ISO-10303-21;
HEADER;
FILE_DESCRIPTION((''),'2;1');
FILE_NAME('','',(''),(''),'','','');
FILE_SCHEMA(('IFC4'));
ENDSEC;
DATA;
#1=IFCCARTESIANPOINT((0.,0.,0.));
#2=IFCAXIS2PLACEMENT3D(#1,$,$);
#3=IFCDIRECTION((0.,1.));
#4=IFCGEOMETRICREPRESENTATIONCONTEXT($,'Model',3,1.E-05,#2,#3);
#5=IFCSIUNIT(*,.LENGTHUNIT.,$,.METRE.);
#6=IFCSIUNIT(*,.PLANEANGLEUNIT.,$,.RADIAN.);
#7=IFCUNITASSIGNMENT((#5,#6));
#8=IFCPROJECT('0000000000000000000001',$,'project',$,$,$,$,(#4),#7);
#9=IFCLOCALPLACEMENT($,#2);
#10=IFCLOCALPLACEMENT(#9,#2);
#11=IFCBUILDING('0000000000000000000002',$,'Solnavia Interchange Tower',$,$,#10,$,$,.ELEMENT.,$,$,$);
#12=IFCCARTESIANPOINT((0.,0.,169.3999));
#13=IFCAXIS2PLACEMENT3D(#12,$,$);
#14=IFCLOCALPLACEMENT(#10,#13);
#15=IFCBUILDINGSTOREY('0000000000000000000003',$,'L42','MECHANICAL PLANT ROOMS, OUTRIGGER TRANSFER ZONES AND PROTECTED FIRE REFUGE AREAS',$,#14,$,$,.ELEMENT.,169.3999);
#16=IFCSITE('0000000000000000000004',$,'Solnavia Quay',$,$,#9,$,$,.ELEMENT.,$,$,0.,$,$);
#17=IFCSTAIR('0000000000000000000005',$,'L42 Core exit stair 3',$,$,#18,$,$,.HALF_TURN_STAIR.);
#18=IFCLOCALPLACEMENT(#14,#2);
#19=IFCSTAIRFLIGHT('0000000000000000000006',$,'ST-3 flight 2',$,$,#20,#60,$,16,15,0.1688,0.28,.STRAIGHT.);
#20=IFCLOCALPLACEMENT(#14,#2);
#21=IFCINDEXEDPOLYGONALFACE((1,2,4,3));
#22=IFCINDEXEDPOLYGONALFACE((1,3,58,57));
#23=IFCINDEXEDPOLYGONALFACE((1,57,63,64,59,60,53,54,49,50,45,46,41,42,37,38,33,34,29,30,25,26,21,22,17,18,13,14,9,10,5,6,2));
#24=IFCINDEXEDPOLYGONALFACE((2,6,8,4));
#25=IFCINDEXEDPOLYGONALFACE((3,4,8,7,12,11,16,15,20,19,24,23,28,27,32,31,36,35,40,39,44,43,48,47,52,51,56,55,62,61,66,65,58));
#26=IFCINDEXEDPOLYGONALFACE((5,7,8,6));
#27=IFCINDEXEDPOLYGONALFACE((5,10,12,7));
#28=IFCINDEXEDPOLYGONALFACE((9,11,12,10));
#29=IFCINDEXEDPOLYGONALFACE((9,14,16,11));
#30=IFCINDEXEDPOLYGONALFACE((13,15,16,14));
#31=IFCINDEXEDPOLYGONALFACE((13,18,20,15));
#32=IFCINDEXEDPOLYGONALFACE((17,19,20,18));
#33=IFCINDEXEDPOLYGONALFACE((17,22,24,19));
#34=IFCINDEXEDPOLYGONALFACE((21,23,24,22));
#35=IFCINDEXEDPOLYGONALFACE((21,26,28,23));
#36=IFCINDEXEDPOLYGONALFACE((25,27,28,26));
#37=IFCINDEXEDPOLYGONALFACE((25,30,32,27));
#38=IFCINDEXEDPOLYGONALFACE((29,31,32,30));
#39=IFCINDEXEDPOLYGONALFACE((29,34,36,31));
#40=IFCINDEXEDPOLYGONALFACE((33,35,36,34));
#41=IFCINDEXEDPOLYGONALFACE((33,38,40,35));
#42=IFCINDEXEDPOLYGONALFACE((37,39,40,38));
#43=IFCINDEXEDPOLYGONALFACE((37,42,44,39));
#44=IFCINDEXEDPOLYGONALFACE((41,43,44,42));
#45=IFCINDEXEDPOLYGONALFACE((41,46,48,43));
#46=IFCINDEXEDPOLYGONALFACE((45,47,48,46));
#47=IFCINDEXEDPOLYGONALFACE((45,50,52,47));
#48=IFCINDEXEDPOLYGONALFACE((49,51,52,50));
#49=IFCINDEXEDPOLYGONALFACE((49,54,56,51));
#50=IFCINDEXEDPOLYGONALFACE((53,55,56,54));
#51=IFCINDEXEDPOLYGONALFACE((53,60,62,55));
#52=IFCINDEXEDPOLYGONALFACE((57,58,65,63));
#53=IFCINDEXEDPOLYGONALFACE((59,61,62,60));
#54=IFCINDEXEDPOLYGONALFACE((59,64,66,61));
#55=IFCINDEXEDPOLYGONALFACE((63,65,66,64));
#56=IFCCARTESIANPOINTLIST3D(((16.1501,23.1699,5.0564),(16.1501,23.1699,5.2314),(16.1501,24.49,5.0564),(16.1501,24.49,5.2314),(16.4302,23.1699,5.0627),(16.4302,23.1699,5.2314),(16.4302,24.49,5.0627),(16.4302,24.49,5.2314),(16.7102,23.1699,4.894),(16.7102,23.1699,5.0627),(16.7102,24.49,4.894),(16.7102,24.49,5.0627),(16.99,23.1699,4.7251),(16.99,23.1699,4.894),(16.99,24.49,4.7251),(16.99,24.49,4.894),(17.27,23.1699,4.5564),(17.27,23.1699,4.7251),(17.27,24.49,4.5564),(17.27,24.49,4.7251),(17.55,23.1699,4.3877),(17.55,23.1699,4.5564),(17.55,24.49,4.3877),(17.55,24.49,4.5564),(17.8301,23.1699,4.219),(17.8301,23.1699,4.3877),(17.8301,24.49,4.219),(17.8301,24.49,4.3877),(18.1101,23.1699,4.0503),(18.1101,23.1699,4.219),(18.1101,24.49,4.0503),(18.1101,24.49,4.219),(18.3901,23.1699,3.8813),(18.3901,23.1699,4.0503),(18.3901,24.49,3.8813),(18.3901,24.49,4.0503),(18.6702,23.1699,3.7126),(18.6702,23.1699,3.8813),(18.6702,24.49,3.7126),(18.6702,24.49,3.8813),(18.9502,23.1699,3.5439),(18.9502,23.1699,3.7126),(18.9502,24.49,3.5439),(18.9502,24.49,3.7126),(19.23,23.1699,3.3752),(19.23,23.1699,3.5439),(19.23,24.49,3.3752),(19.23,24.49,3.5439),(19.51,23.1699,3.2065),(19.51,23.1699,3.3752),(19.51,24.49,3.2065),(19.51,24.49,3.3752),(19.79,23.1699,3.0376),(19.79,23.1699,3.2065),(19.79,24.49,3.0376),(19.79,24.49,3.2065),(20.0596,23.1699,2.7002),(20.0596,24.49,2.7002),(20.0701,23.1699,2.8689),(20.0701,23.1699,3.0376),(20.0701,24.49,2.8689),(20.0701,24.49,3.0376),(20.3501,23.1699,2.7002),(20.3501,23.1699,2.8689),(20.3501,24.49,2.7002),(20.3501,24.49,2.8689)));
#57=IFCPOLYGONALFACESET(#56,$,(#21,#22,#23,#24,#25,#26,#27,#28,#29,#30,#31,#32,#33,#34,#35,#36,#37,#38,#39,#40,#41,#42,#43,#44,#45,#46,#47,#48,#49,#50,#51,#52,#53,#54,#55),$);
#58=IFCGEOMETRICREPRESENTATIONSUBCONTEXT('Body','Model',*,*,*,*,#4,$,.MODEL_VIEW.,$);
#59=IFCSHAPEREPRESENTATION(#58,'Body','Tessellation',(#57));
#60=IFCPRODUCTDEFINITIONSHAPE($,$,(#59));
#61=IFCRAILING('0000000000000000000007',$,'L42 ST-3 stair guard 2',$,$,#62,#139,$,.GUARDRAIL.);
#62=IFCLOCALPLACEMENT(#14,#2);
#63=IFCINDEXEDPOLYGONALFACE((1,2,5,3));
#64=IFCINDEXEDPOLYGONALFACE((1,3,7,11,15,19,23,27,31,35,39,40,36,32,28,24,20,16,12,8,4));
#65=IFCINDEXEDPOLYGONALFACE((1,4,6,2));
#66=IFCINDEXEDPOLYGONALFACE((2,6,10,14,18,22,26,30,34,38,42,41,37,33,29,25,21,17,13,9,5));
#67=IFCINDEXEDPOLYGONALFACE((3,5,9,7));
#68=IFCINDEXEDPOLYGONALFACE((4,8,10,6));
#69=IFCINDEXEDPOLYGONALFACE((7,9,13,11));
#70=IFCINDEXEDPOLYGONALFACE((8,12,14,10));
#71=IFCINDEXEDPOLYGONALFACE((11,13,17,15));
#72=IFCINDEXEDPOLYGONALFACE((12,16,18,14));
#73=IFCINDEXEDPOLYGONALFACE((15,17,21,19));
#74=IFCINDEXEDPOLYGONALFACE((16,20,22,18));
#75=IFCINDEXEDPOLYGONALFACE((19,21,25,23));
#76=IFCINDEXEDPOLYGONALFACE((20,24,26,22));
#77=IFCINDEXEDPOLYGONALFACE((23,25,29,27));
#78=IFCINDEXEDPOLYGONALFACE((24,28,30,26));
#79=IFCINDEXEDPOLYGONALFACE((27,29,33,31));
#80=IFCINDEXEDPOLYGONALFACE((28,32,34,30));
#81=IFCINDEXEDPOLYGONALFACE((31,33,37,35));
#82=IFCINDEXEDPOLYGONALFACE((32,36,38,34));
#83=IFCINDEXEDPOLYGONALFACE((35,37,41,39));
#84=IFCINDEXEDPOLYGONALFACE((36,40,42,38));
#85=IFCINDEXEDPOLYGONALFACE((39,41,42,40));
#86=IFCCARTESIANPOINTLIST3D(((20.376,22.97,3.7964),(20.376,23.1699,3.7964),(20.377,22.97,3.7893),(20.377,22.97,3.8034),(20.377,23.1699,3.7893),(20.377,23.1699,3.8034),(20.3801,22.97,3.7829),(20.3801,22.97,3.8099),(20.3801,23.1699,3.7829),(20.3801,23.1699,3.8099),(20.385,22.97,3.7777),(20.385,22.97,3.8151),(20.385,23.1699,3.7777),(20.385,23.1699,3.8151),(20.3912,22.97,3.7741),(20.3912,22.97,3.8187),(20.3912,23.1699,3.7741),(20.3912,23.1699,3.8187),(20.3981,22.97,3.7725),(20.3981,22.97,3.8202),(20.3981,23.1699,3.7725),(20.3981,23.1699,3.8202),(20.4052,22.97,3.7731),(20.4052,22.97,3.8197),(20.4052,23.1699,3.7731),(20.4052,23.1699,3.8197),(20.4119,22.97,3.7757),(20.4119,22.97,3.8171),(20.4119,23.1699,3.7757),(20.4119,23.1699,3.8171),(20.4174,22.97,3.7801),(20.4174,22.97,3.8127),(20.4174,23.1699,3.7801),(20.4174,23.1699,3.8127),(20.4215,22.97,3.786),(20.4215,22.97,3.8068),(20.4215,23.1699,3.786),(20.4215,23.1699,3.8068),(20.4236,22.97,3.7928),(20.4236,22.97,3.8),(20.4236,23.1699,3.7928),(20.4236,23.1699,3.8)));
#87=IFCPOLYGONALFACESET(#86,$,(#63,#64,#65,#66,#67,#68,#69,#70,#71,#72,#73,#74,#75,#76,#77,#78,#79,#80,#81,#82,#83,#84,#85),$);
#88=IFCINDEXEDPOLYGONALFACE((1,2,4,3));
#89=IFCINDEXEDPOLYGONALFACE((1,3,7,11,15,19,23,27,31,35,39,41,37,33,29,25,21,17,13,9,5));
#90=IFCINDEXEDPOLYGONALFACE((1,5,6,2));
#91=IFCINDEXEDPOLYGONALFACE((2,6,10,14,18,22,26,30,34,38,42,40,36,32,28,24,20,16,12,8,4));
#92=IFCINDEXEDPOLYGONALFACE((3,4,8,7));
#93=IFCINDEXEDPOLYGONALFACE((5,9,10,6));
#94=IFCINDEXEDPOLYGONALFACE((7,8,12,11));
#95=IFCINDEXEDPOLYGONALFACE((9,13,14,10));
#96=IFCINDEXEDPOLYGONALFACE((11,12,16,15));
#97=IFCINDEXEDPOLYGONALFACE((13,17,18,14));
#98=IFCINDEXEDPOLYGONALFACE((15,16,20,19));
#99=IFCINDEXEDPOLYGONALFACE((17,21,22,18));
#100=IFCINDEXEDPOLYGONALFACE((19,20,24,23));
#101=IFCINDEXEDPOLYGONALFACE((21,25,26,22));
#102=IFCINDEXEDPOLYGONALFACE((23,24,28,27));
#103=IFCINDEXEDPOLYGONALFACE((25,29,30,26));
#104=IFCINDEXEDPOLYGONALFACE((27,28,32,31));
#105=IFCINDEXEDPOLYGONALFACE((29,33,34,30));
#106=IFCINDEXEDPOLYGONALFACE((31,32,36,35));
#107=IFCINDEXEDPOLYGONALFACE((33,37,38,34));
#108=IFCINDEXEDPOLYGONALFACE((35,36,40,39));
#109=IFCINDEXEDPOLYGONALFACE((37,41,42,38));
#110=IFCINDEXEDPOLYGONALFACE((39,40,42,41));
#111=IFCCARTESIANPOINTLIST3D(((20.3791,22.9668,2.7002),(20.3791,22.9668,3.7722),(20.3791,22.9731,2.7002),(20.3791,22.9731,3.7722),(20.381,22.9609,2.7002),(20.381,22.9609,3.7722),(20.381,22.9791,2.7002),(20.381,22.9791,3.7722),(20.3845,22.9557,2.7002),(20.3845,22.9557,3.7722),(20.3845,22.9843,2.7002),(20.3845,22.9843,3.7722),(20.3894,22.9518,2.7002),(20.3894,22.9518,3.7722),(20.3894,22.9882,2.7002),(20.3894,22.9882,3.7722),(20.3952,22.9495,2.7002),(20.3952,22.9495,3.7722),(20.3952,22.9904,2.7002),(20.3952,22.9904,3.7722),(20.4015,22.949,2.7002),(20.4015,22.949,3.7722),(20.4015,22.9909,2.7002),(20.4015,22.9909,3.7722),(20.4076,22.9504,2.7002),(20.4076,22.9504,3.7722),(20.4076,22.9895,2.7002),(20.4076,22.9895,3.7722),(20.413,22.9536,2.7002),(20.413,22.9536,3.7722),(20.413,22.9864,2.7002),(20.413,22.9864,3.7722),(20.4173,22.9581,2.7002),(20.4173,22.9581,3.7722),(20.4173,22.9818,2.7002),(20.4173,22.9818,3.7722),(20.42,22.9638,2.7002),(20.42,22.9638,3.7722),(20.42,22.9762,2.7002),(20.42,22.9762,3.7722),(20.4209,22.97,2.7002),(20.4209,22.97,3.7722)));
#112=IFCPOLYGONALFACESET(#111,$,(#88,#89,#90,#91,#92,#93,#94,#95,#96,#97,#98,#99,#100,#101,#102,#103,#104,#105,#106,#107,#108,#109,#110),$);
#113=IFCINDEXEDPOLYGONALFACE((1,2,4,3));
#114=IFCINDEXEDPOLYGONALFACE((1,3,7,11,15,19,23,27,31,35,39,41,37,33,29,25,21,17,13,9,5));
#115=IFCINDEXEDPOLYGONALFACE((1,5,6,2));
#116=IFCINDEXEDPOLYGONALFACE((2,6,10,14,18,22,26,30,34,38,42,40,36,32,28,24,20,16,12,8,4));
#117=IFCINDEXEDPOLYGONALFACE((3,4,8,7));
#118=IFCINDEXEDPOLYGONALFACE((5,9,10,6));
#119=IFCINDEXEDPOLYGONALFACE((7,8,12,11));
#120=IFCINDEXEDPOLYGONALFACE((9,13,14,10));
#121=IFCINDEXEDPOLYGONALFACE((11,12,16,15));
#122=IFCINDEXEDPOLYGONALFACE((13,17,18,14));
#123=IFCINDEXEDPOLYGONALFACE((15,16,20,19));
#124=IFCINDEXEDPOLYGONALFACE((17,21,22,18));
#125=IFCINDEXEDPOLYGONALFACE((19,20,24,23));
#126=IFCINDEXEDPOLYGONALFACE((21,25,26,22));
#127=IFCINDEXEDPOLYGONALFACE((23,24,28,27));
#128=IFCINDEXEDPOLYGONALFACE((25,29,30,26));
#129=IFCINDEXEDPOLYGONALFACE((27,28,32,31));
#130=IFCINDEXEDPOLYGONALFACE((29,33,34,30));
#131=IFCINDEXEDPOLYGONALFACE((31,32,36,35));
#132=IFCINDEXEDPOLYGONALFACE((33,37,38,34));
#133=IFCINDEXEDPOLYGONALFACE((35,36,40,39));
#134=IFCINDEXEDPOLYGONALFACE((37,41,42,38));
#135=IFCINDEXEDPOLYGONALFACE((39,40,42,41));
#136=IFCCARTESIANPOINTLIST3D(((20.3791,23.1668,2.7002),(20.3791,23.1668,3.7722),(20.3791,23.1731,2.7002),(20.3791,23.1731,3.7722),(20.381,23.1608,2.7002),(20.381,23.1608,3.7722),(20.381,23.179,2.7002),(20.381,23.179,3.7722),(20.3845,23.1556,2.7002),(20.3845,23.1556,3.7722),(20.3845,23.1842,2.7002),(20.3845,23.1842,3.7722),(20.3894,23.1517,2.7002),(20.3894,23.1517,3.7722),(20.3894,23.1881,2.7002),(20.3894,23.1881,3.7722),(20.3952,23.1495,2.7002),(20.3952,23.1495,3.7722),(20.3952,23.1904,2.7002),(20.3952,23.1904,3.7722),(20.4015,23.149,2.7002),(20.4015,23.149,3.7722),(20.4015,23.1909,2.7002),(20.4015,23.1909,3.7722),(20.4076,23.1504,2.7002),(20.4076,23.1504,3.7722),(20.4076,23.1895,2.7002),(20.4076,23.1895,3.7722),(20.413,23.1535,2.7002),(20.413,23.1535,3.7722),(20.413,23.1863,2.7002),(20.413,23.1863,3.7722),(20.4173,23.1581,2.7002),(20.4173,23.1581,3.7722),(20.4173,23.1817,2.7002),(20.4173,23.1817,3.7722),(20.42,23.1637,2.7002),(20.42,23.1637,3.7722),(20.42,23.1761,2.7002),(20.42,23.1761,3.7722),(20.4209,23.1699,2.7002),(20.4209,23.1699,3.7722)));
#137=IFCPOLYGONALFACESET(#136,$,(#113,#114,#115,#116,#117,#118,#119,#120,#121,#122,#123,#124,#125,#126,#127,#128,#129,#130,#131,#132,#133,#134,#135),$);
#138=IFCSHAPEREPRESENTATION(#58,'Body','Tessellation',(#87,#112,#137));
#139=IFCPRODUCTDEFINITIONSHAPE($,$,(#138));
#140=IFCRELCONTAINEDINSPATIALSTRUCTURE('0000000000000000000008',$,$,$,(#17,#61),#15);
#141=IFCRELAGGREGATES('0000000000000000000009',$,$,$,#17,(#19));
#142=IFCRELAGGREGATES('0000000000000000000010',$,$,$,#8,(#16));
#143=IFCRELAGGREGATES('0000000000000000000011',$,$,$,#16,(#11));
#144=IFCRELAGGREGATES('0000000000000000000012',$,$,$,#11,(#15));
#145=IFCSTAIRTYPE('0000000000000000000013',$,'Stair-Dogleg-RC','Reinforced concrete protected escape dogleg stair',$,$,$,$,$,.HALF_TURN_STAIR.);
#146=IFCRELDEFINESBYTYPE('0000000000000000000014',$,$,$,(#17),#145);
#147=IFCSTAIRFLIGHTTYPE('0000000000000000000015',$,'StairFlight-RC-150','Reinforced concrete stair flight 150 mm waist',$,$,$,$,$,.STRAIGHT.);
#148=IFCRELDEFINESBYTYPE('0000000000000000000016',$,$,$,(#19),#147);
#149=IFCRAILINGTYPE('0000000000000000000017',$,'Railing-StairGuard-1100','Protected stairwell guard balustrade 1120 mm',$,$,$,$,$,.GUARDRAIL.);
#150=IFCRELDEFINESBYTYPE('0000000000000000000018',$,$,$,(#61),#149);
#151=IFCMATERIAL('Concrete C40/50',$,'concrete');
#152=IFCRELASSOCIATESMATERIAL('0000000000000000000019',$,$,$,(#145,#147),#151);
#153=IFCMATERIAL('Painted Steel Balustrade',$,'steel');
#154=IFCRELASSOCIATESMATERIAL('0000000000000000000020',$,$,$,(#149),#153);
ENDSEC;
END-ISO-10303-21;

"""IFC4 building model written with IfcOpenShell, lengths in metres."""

from ifc_helpers import new_model, si_unit, direction, frame, origin, origin_2d, place, context, subcontext, project, spatial, polyline, circle, outline, extrude, material, type_object, element, aggregate, save


model = new_model("IFC4")

# Units and contexts
model_context = context("Model", 3, precision=1e-05, world=origin(), true_north=direction((0.0, 1.0)))
body_context = subcontext(model_context, "Body", "Model", "MODEL_VIEW")
ifc_project = project(units=[si_unit("LENGTHUNIT", "METRE"), si_unit("PLANEANGLEUNIT", "RADIAN")], contexts=[model_context])

# Site, building, storey
site_placement = place(None, origin())
site = spatial("IfcSite", under=ifc_project, at=site_placement, Name="Solnavia Quay", CompositionType="ELEMENT", RefElevation=0.0)
building_placement = place(site_placement, origin())
building = spatial("IfcBuilding", under=site, at=building_placement, Name="Solnavia Interchange Tower", CompositionType="ELEMENT")
storey_placement = place(building_placement, frame((0.0, 0.0, 169.3999)))
storey = spatial("IfcBuildingStorey", under=building, at=storey_placement, Name="L42", Description="MECHANICAL PLANT ROOMS, OUTRIGGER TRANSFER ZONES AND PROTECTED FIRE REFUGE AREAS", CompositionType="ELEMENT", Elevation=169.3999)

# Shared definitions
ifc_material_1 = material(Name="Concrete C40/50", Category="concrete")

# Stair, stair flight
stair_type = type_object("IfcStairType", Name="Stair-Dogleg-RC", Description="Reinforced concrete protected escape dogleg stair", PredefinedType="HALF_TURN_STAIR", material=ifc_material_1)
stair_placement = place(storey_placement, origin())
stair = element("IfcStair", 1, at=stair_placement, inside=storey, type_object=stair_type, Name="L42 Core exit stair 3", PredefinedType="HALF_TURN_STAIR")
stair_flight_type = type_object("IfcStairFlightType", Name="StairFlight-RC-150", Description="Reinforced concrete stair flight 150 mm waist", PredefinedType="STRAIGHT", material=ifc_material_1)
stair_flight_placement = place(storey_placement, frame((20.3501, 23.8301, 2.7002), z_axis=(0.0, 0.0, 1.0), x_axis=(-1.0, 0.0, 0.0)))
stair_flight = element("IfcStairFlight", 2, at=stair_flight_placement, type_object=stair_flight_type, Name="ST-3 flight 2", NumberOfRisers=16, NumberOfTreads=15, PredefinedType="STRAIGHT", RiserHeight=0.1688, TreadLength=0.28, context=body_context, shape_type="SweptSolid", body=[
    extrude(outline(polyline([(0.0, 0.0), (0.0, 0.1687), (0.28, 0.1687), (0.28, 0.3374), (0.5601, 0.3374), (0.5601, 0.5063), (0.8401, 0.5063), (0.8401, 0.675), (1.1201, 0.675), (1.1201, 0.8438), (1.3999, 0.8438), (1.3999, 1.0125), (1.6799, 1.0125), (1.6799, 1.1812), (1.96, 1.1812), (1.96, 1.3501), (2.24, 1.3501), (2.24, 1.5188), (2.52, 1.5188), (2.52, 1.6875), (2.8, 1.6875), (2.8, 1.8562), (3.0801, 1.8562), (3.0801, 2.0249), (3.3601, 2.0249), (3.3601, 2.1938), (3.6399, 2.1938), (3.6399, 2.3625), (3.9199, 2.3625), (3.9199, 2.5312), (4.2, 2.5312), (4.2, 2.7), (4.2, 2.3562), (0.2905, 0.0), (0.0, 0.0)])), frame((0.0, 0.6602, 0.0), z_axis=(0.0, -1.0, 0.0), x_axis=(1.0, 0.0, 0.0)), (0.0, 0.0, 1.0), 1.3201),
])
aggregate(stair, [stair_flight])

# Railing
ifc_material_2 = material(Name="Painted Steel Balustrade", Category="steel")
railing_type_1 = type_object("IfcRailingType", Name="Railing-StairGuard-1100", Description="Protected stairwell guard balustrade 1120 mm", PredefinedType="GUARDRAIL", material=ifc_material_2)
railing_1_placement = place(storey_placement, frame((20.3999, 22.97, 2.7002)))
element("IfcRailing", 3, at=railing_1_placement, inside=storey, type_object=railing_type_1, Name="L42 ST-3 stair guard 2", PredefinedType="GUARDRAIL", context=body_context, shape_type="SweptSolid", body=[
    extrude(circle(Radius=0.0239, at=origin_2d()), frame((0.0, 0.0, 1.0962), z_axis=(0.0, 1.0, 0.0), x_axis=(-1.0, 0.0, 0.0)), (0.0, 0.0, 1.0), 0.2),
    extrude(circle(Radius=0.021, at=origin_2d()), origin(), (0.0, 0.0, 1.0), 1.072),
    extrude(circle(Radius=0.021, at=origin_2d()), frame((0.0, 0.2, 0.0)), (0.0, 0.0, 1.0), 1.072),
])

save(model, "model.ifc")
